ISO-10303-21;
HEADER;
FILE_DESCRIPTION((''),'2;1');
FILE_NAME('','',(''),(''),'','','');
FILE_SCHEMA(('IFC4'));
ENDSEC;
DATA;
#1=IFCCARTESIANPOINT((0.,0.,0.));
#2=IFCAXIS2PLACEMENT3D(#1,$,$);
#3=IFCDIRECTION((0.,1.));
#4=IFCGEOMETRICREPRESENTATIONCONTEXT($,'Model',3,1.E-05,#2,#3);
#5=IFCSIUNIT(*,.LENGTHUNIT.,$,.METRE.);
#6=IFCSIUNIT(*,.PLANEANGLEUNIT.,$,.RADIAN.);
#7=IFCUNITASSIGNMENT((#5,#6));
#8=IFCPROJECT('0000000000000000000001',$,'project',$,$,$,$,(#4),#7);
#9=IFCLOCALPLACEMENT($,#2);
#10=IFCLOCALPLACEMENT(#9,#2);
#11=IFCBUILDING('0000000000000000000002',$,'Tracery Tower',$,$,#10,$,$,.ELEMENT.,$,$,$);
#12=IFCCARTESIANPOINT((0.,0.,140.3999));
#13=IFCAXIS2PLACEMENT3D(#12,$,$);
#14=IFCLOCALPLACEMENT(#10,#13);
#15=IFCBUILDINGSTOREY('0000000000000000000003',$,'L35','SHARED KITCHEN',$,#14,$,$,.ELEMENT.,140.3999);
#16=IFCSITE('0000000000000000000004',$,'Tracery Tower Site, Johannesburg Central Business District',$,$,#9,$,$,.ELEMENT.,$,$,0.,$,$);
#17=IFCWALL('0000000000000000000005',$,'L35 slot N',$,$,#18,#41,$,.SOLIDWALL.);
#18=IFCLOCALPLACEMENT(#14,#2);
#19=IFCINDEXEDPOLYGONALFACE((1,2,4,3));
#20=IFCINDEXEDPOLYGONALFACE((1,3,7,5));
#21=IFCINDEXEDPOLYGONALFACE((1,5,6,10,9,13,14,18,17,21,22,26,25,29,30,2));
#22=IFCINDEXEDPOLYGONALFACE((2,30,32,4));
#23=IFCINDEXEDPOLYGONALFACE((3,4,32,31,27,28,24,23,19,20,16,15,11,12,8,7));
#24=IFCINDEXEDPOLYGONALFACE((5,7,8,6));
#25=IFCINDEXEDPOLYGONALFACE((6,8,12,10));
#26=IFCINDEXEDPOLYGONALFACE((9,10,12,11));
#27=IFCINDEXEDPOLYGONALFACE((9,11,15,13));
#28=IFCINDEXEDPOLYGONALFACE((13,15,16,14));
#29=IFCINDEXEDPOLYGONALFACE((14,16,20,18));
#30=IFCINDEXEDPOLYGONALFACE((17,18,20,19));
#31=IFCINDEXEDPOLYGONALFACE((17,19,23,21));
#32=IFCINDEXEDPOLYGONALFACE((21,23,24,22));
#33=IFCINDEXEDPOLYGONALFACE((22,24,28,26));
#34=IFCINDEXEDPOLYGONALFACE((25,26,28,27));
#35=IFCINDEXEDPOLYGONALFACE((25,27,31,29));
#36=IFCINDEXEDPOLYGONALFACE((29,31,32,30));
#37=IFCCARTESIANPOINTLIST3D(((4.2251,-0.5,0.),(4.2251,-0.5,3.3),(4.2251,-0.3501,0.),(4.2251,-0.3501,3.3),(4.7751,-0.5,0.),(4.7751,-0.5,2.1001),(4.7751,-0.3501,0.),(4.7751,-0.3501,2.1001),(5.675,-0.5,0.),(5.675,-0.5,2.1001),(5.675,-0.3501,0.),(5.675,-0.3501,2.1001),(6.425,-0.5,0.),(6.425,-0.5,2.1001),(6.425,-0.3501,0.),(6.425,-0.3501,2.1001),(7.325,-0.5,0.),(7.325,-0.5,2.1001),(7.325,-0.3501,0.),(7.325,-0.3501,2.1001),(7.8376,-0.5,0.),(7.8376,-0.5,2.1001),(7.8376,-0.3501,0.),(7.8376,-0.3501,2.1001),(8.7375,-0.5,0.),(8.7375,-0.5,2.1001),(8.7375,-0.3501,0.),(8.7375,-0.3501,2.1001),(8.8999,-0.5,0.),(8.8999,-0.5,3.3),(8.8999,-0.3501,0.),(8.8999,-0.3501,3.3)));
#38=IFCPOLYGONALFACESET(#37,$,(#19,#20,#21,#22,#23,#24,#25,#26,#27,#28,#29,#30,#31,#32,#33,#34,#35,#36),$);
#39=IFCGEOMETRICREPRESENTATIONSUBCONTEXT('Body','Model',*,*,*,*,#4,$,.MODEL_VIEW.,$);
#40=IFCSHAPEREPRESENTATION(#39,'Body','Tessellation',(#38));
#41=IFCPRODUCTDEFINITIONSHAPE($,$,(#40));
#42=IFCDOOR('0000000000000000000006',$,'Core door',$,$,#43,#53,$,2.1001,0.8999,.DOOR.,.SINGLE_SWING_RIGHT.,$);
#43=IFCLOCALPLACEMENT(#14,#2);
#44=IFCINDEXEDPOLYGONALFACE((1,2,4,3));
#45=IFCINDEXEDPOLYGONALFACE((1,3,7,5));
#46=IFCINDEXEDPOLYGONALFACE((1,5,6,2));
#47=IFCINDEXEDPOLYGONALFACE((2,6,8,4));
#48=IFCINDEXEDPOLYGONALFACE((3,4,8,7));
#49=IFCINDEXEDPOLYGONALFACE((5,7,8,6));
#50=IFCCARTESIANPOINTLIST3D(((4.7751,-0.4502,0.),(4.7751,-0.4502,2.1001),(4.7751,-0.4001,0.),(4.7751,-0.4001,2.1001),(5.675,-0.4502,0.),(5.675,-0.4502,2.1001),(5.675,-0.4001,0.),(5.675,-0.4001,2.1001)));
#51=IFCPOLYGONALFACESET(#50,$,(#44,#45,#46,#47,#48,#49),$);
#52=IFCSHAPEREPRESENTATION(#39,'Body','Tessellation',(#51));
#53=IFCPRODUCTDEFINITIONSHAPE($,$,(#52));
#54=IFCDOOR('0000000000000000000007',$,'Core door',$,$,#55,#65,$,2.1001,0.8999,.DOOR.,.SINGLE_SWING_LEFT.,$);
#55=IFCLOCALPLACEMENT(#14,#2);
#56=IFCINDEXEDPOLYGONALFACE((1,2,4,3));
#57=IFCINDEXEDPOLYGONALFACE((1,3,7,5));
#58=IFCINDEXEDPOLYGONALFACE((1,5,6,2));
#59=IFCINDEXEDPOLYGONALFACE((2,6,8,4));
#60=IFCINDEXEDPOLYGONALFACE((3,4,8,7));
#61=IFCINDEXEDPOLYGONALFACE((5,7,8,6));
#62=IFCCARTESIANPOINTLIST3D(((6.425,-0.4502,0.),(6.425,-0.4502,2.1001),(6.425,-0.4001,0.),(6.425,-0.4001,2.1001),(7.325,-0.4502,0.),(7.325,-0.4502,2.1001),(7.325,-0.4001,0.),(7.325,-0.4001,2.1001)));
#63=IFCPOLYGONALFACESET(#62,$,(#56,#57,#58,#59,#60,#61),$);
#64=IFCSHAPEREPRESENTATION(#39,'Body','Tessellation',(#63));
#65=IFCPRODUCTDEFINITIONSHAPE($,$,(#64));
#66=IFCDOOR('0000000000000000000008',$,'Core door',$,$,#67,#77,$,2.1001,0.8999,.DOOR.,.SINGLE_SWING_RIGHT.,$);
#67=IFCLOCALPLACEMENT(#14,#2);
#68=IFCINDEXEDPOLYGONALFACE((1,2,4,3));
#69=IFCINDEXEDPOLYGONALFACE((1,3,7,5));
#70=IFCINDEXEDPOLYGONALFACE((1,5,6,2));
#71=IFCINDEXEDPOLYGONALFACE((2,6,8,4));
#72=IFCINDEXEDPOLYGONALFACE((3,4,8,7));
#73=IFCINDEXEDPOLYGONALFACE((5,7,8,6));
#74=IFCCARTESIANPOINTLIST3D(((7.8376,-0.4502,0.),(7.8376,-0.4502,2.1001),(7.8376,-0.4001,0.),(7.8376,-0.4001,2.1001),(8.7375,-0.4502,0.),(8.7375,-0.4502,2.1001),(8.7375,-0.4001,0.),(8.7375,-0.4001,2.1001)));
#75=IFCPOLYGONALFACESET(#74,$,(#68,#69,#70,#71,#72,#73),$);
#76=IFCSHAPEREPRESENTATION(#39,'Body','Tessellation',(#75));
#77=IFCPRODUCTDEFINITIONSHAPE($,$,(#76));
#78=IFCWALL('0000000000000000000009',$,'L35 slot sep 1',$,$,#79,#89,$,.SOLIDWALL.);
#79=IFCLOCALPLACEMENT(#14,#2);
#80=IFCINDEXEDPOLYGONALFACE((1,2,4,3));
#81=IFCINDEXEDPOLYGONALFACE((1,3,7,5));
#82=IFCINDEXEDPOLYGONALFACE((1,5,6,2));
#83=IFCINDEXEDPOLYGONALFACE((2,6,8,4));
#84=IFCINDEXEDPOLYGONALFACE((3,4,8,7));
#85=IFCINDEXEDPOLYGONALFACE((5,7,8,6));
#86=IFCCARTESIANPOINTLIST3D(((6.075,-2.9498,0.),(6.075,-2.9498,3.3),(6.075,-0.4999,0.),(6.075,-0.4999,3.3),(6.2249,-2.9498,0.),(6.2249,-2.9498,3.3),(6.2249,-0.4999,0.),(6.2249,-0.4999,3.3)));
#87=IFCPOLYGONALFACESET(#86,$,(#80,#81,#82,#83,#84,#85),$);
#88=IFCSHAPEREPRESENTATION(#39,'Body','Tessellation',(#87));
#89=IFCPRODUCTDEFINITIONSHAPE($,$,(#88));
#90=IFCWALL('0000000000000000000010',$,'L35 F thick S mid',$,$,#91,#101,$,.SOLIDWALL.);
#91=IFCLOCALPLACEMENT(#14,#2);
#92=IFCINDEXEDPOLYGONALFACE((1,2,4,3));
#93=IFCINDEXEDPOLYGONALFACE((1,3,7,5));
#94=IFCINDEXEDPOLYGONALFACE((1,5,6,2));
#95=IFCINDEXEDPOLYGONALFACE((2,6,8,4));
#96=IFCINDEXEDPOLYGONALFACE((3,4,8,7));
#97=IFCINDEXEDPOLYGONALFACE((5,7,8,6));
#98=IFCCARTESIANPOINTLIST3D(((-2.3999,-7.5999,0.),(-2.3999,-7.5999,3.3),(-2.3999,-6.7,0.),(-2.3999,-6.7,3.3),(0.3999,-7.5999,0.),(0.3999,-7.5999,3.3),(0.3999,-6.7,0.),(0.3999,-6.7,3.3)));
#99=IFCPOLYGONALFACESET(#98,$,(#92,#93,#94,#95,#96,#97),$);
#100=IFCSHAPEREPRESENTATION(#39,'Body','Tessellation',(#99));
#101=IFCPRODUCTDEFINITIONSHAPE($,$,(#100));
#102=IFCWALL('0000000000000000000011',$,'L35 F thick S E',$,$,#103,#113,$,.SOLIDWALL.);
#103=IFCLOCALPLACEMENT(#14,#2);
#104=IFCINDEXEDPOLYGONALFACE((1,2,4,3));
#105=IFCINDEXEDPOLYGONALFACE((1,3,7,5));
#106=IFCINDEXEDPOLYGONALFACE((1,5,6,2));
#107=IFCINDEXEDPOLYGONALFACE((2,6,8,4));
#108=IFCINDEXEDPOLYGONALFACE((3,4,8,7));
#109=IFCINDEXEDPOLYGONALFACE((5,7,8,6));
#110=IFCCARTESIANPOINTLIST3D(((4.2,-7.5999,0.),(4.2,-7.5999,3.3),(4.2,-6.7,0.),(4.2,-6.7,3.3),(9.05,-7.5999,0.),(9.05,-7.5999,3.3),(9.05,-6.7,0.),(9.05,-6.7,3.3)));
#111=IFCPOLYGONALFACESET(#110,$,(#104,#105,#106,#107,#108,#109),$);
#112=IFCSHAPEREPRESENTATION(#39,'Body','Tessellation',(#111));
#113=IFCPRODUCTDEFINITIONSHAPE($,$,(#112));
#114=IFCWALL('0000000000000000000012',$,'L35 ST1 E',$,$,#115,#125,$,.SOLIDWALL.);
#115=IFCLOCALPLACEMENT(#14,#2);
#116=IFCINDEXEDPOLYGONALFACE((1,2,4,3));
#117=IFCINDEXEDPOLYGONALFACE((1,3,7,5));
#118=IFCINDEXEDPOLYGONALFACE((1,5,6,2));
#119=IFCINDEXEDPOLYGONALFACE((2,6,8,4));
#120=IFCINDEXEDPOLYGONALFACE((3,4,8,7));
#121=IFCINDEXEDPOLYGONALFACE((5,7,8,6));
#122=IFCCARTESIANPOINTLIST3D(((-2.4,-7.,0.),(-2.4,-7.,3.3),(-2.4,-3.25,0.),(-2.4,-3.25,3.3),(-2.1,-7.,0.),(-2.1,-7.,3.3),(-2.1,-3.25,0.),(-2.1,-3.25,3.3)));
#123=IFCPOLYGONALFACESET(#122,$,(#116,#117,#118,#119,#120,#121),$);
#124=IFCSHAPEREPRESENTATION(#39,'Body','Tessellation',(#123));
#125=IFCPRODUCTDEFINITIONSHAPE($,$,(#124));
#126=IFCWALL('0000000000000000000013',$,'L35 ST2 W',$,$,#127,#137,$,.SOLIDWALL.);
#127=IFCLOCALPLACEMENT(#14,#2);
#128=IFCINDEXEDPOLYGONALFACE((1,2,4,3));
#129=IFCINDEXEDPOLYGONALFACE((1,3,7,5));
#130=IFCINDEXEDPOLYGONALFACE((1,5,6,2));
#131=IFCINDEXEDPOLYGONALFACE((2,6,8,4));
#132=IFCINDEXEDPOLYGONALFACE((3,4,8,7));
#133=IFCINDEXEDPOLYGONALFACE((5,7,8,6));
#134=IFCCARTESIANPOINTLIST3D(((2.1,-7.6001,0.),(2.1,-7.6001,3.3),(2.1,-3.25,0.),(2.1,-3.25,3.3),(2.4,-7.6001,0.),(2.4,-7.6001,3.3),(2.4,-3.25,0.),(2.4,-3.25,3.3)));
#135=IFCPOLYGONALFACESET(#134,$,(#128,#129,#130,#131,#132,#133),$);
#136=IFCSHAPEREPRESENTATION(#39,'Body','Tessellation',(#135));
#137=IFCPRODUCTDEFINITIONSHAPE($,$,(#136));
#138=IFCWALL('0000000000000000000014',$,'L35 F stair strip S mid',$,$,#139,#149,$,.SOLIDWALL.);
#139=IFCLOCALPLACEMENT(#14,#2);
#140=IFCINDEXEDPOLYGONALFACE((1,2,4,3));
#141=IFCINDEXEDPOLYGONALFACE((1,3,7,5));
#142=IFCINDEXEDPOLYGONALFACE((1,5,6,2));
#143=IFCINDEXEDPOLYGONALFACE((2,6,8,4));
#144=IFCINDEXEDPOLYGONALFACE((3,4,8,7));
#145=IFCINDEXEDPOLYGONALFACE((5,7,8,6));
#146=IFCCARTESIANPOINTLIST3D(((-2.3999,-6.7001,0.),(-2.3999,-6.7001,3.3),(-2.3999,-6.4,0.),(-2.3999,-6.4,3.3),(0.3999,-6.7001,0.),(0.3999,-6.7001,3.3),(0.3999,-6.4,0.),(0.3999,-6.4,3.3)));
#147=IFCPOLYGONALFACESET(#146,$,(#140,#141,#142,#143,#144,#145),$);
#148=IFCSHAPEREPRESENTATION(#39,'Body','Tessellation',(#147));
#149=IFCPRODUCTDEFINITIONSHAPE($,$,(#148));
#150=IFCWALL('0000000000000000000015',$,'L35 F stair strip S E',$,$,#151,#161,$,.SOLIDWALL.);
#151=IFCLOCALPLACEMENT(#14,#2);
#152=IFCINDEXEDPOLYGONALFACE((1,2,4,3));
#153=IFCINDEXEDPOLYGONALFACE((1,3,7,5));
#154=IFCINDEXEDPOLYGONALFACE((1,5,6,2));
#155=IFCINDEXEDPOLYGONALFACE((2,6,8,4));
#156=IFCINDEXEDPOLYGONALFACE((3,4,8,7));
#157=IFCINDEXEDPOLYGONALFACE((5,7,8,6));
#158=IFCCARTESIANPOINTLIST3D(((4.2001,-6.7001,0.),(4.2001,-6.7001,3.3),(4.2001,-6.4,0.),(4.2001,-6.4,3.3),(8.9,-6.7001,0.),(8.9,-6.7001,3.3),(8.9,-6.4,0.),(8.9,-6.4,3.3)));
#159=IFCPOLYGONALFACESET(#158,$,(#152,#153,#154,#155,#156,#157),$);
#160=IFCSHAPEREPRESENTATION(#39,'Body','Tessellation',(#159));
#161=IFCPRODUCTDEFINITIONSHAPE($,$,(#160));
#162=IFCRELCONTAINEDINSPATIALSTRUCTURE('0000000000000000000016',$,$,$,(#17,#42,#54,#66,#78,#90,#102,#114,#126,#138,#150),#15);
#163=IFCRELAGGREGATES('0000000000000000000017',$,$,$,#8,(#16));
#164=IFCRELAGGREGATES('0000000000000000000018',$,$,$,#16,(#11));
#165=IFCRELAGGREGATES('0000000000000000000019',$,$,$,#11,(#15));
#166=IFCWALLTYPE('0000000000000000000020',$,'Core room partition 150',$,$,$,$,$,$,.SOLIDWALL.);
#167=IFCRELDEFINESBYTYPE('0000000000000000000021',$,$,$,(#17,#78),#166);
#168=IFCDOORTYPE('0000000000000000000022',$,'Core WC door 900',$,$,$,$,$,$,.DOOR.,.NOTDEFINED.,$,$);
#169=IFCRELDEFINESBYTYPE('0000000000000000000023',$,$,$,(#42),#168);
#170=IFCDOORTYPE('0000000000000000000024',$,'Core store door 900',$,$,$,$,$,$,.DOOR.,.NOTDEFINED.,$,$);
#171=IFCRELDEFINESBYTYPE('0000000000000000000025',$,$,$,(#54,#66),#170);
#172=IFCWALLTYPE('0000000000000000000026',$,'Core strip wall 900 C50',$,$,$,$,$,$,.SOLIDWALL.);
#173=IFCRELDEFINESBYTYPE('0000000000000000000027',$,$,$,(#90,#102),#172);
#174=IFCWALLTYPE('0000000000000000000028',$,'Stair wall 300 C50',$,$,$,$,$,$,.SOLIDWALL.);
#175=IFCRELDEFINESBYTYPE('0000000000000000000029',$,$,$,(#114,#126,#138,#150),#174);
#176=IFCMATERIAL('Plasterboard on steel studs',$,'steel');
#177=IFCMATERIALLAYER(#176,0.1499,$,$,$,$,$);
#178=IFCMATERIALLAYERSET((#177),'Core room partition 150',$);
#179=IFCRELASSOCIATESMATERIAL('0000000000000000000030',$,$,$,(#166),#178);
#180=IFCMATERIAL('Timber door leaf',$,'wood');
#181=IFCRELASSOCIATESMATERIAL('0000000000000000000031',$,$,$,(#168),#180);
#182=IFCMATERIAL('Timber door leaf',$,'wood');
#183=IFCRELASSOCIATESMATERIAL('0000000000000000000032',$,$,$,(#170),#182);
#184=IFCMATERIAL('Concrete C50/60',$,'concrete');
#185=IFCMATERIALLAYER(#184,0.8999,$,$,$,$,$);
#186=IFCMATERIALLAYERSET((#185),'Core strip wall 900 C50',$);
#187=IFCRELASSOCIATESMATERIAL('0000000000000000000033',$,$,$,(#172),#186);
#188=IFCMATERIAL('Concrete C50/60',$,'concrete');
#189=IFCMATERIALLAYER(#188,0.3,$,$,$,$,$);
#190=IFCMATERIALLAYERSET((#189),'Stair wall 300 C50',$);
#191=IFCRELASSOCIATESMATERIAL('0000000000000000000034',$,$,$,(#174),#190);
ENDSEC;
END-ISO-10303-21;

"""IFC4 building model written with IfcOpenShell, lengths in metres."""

from ifc_helpers import new_model, si_unit, direction, frame, frame_2d, origin, place, context, subcontext, project, spatial, rectangle, extrude, material, layer, layer_set, type_object, element, fill, save


model = new_model("IFC4")

# Units and contexts
model_context = context("Model", 3, precision=1e-05, world=origin(), true_north=direction((0.0, 1.0)))
body_context = subcontext(model_context, "Body", "Model", "MODEL_VIEW")
ifc_project = project(units=[si_unit("LENGTHUNIT", "METRE"), si_unit("PLANEANGLEUNIT", "RADIAN")], contexts=[model_context])

# Site, building, storey
site_placement = place(None, origin())
site = spatial("IfcSite", under=ifc_project, at=site_placement, Name="Tracery Tower Site, Johannesburg Central Business District", CompositionType="ELEMENT", RefElevation=0.0)
building_placement = place(site_placement, origin())
building = spatial("IfcBuilding", under=site, at=building_placement, Name="Tracery Tower", CompositionType="ELEMENT")
storey_placement = place(building_placement, frame((0.0, 0.0, 140.3999)))
storey = spatial("IfcBuildingStorey", under=building, at=storey_placement, Name="L35", Description="SHARED KITCHEN", CompositionType="ELEMENT", Elevation=140.3999)

# Shared definitions
ifc_material_1 = material(Name="Plasterboard on steel studs", Category="steel")
ifc_layer_1 = layer(ifc_material_1, 0.1499)
ifc_layer_set_1 = layer_set([ifc_layer_1], Name="Core room partition 150")
wall_type_1 = type_object("IfcWallType", Name="Core room partition 150", PredefinedType="SOLIDWALL", material=ifc_layer_set_1)

# Wall, openings, doors
wall_1_placement = place(storey_placement, frame((4.2251, -0.425, 0.0), z_axis=(0.0, 0.0, 1.0), x_axis=(1.0, 0.0, 0.0)))
wall_1 = element("IfcWall", 1, at=wall_1_placement, inside=storey, type_object=wall_type_1, Name="L35 slot N", PredefinedType="SOLIDWALL", context=body_context, shape_type="SweptSolid", body=[
    extrude(rectangle(XDim=4.6748, YDim=0.1499, at=frame_2d((2.3374, 0.0))), origin(), (0.0, 0.0, 1.0), 3.3),
])
opening_1_placement = place(wall_1_placement, frame((0.55, 0.0, 0.0)))
opening_1 = element("IfcOpeningElement", 2, at=opening_1_placement, cuts=wall_1, PredefinedType="OPENING", context=body_context, shape_type="SweptSolid", body=[
    extrude(rectangle(XDim=0.8999, YDim=2.1001, at=frame_2d((0.45, 1.05))), frame((0.0, 0.075, 0.0), z_axis=(0.0, -1.0, 0.0), x_axis=(1.0, 0.0, 0.0)), (0.0, 0.0, 1.0), 0.1499),
])
opening_2_placement = place(wall_1_placement, frame((2.2, 0.0, 0.0)))
opening_2 = element("IfcOpeningElement", 3, at=opening_2_placement, cuts=wall_1, PredefinedType="OPENING", context=body_context, shape_type="SweptSolid", body=[
    extrude(rectangle(XDim=0.8999, YDim=2.1001, at=frame_2d((0.45, 1.05))), frame((0.0, 0.075, 0.0), z_axis=(0.0, -1.0, 0.0), x_axis=(1.0, 0.0, 0.0)), (0.0, 0.0, 1.0), 0.1499),
])
opening_3_placement = place(wall_1_placement, frame((3.6125, 0.0, 0.0)))
opening_3 = element("IfcOpeningElement", 4, at=opening_3_placement, cuts=wall_1, PredefinedType="OPENING", context=body_context, shape_type="SweptSolid", body=[
    extrude(rectangle(XDim=0.8999, YDim=2.1001, at=frame_2d((0.45, 1.05))), frame((0.0, 0.075, 0.0), z_axis=(0.0, -1.0, 0.0), x_axis=(1.0, 0.0, 0.0)), (0.0, 0.0, 1.0), 0.1499),
])
ifc_material_2 = material(Name="Timber door leaf", Category="wood")
door_type_1 = type_object("IfcDoorType", Name="Core WC door 900", OperationType="NOTDEFINED", PredefinedType="DOOR", material=ifc_material_2)
door_1_placement = place(opening_1_placement, origin())
door_1 = element("IfcDoor", 5, at=door_1_placement, inside=storey, type_object=door_type_1, Name="Core door", OperationType="SINGLE_SWING_RIGHT", OverallHeight=2.1001, OverallWidth=0.8999, PredefinedType="DOOR", context=body_context, shape_type="SweptSolid", body=[
    extrude(rectangle(XDim=0.8999, YDim=2.1001, at=frame_2d((0.45, 1.05))), frame((0.0, 0.0249, 0.0), z_axis=(0.0, -1.0, 0.0), x_axis=(1.0, 0.0, 0.0)), (0.0, 0.0, 1.0), 0.05),
])
fill(opening_1, door_1)
ifc_material_3 = material(Name="Timber door leaf", Category="wood")
door_type_2 = type_object("IfcDoorType", Name="Core store door 900", OperationType="NOTDEFINED", PredefinedType="DOOR", material=ifc_material_3)
door_2_placement = place(opening_2_placement, origin())
door_2 = element("IfcDoor", 6, at=door_2_placement, inside=storey, type_object=door_type_2, Name="Core door", OperationType="SINGLE_SWING_LEFT", OverallHeight=2.1001, OverallWidth=0.8999, PredefinedType="DOOR", context=body_context, shape_type="SweptSolid", body=[
    extrude(rectangle(XDim=0.8999, YDim=2.1001, at=frame_2d((0.45, 1.05))), frame((0.0, 0.0249, 0.0), z_axis=(0.0, -1.0, 0.0), x_axis=(1.0, 0.0, 0.0)), (0.0, 0.0, 1.0), 0.05),
])
fill(opening_2, door_2)
door_3_placement = place(opening_3_placement, origin())
door_3 = element("IfcDoor", 7, at=door_3_placement, inside=storey, type_object=door_type_2, Name="Core door", OperationType="SINGLE_SWING_RIGHT", OverallHeight=2.1001, OverallWidth=0.8999, PredefinedType="DOOR", context=body_context, shape_type="SweptSolid", body=[
    extrude(rectangle(XDim=0.8999, YDim=2.1001, at=frame_2d((0.45, 1.05))), frame((0.0, 0.0249, 0.0), z_axis=(0.0, -1.0, 0.0), x_axis=(1.0, 0.0, 0.0)), (0.0, 0.0, 1.0), 0.05),
])
fill(opening_3, door_3)

# Walls
wall_2_placement = place(storey_placement, frame((6.1499, -2.95, 0.0), z_axis=(0.0, 0.0, 1.0), x_axis=(0.0, 1.0, 0.0)))
element("IfcWall", 8, at=wall_2_placement, inside=storey, type_object=wall_type_1, Name="L35 slot sep 1", PredefinedType="SOLIDWALL", context=body_context, shape_type="SweptSolid", body=[
    extrude(rectangle(XDim=2.45, YDim=0.1499, at=frame_2d((1.2251, 0.0))), origin(), (0.0, 0.0, 1.0), 3.3),
])
ifc_material_4 = material(Name="Concrete C50/60", Category="concrete")
ifc_layer_2 = layer(ifc_material_4, 0.8999)
ifc_layer_set_2 = layer_set([ifc_layer_2], Name="Core strip wall 900 C50")
wall_type_2 = type_object("IfcWallType", Name="Core strip wall 900 C50", PredefinedType="SOLIDWALL", material=ifc_layer_set_2)
wall_3_placement = place(storey_placement, frame((-2.3999, -7.1499, 0.0), z_axis=(0.0, 0.0, 1.0), x_axis=(1.0, 0.0, 0.0)))
element("IfcWall", 9, at=wall_3_placement, inside=storey, type_object=wall_type_2, Name="L35 F thick S mid", PredefinedType="SOLIDWALL", context=body_context, shape_type="SweptSolid", body=[
    extrude(rectangle(XDim=2.7998, YDim=0.8999, at=frame_2d((1.3999, 0.0))), origin(), (0.0, 0.0, 1.0), 3.3),
])
wall_4_placement = place(storey_placement, frame((4.2, -7.1499, 0.0), z_axis=(0.0, 0.0, 1.0), x_axis=(1.0, 0.0, 0.0)))
element("IfcWall", 10, at=wall_4_placement, inside=storey, type_object=wall_type_2, Name="L35 F thick S E", PredefinedType="SOLIDWALL", context=body_context, shape_type="SweptSolid", body=[
    extrude(rectangle(XDim=4.8501, YDim=0.8999, at=frame_2d((2.425, 0.0))), origin(), (0.0, 0.0, 1.0), 3.3),
])

# Shared definitions
ifc_material_5 = material(Name="Concrete C50/60", Category="concrete")
ifc_layer_3 = layer(ifc_material_5, 0.3)
ifc_layer_set_3 = layer_set([ifc_layer_3], Name="Stair wall 300 C50")
wall_type_3 = type_object("IfcWallType", Name="Stair wall 300 C50", PredefinedType="SOLIDWALL", material=ifc_layer_set_3)

# Walls
wall_5_placement = place(storey_placement, frame((-2.25, -7.0, 0.0), z_axis=(0.0, 0.0, 1.0), x_axis=(0.0, 1.0, 0.0)))
element("IfcWall", 11, at=wall_5_placement, inside=storey, type_object=wall_type_3, Name="L35 ST1 E", PredefinedType="SOLIDWALL", context=body_context, shape_type="SweptSolid", body=[
    extrude(rectangle(XDim=3.75, YDim=0.3, at=frame_2d((1.875, 0.0))), origin(), (0.0, 0.0, 1.0), 3.3),
])
wall_6_placement = place(storey_placement, frame((2.25, -7.6001, 0.0), z_axis=(0.0, 0.0, 1.0), x_axis=(0.0, 1.0, 0.0)))
element("IfcWall", 12, at=wall_6_placement, inside=storey, type_object=wall_type_3, Name="L35 ST2 W", PredefinedType="SOLIDWALL", context=body_context, shape_type="SweptSolid", body=[
    extrude(rectangle(XDim=4.3501, YDim=0.3, at=frame_2d((2.175, 0.0))), origin(), (0.0, 0.0, 1.0), 3.3),
])
wall_7_placement = place(storey_placement, frame((-2.3999, -6.55, 0.0), z_axis=(0.0, 0.0, 1.0), x_axis=(1.0, 0.0, 0.0)))
element("IfcWall", 13, at=wall_7_placement, inside=storey, type_object=wall_type_3, Name="L35 F stair strip S mid", PredefinedType="SOLIDWALL", context=body_context, shape_type="SweptSolid", body=[
    extrude(rectangle(XDim=2.7998, YDim=0.3, at=frame_2d((1.3999, 0.0))), origin(), (0.0, 0.0, 1.0), 3.3),
])
wall_8_placement = place(storey_placement, frame((4.2, -6.55, 0.0), z_axis=(0.0, 0.0, 1.0), x_axis=(1.0, 0.0, 0.0)))
element("IfcWall", 14, at=wall_8_placement, inside=storey, type_object=wall_type_3, Name="L35 F stair strip S E", PredefinedType="SOLIDWALL", context=body_context, shape_type="SweptSolid", body=[
    extrude(rectangle(XDim=4.7, YDim=0.3, at=frame_2d((2.3501, 0.0))), origin(), (0.0, 0.0, 1.0), 3.3),
])

save(model, "model.ifc")
